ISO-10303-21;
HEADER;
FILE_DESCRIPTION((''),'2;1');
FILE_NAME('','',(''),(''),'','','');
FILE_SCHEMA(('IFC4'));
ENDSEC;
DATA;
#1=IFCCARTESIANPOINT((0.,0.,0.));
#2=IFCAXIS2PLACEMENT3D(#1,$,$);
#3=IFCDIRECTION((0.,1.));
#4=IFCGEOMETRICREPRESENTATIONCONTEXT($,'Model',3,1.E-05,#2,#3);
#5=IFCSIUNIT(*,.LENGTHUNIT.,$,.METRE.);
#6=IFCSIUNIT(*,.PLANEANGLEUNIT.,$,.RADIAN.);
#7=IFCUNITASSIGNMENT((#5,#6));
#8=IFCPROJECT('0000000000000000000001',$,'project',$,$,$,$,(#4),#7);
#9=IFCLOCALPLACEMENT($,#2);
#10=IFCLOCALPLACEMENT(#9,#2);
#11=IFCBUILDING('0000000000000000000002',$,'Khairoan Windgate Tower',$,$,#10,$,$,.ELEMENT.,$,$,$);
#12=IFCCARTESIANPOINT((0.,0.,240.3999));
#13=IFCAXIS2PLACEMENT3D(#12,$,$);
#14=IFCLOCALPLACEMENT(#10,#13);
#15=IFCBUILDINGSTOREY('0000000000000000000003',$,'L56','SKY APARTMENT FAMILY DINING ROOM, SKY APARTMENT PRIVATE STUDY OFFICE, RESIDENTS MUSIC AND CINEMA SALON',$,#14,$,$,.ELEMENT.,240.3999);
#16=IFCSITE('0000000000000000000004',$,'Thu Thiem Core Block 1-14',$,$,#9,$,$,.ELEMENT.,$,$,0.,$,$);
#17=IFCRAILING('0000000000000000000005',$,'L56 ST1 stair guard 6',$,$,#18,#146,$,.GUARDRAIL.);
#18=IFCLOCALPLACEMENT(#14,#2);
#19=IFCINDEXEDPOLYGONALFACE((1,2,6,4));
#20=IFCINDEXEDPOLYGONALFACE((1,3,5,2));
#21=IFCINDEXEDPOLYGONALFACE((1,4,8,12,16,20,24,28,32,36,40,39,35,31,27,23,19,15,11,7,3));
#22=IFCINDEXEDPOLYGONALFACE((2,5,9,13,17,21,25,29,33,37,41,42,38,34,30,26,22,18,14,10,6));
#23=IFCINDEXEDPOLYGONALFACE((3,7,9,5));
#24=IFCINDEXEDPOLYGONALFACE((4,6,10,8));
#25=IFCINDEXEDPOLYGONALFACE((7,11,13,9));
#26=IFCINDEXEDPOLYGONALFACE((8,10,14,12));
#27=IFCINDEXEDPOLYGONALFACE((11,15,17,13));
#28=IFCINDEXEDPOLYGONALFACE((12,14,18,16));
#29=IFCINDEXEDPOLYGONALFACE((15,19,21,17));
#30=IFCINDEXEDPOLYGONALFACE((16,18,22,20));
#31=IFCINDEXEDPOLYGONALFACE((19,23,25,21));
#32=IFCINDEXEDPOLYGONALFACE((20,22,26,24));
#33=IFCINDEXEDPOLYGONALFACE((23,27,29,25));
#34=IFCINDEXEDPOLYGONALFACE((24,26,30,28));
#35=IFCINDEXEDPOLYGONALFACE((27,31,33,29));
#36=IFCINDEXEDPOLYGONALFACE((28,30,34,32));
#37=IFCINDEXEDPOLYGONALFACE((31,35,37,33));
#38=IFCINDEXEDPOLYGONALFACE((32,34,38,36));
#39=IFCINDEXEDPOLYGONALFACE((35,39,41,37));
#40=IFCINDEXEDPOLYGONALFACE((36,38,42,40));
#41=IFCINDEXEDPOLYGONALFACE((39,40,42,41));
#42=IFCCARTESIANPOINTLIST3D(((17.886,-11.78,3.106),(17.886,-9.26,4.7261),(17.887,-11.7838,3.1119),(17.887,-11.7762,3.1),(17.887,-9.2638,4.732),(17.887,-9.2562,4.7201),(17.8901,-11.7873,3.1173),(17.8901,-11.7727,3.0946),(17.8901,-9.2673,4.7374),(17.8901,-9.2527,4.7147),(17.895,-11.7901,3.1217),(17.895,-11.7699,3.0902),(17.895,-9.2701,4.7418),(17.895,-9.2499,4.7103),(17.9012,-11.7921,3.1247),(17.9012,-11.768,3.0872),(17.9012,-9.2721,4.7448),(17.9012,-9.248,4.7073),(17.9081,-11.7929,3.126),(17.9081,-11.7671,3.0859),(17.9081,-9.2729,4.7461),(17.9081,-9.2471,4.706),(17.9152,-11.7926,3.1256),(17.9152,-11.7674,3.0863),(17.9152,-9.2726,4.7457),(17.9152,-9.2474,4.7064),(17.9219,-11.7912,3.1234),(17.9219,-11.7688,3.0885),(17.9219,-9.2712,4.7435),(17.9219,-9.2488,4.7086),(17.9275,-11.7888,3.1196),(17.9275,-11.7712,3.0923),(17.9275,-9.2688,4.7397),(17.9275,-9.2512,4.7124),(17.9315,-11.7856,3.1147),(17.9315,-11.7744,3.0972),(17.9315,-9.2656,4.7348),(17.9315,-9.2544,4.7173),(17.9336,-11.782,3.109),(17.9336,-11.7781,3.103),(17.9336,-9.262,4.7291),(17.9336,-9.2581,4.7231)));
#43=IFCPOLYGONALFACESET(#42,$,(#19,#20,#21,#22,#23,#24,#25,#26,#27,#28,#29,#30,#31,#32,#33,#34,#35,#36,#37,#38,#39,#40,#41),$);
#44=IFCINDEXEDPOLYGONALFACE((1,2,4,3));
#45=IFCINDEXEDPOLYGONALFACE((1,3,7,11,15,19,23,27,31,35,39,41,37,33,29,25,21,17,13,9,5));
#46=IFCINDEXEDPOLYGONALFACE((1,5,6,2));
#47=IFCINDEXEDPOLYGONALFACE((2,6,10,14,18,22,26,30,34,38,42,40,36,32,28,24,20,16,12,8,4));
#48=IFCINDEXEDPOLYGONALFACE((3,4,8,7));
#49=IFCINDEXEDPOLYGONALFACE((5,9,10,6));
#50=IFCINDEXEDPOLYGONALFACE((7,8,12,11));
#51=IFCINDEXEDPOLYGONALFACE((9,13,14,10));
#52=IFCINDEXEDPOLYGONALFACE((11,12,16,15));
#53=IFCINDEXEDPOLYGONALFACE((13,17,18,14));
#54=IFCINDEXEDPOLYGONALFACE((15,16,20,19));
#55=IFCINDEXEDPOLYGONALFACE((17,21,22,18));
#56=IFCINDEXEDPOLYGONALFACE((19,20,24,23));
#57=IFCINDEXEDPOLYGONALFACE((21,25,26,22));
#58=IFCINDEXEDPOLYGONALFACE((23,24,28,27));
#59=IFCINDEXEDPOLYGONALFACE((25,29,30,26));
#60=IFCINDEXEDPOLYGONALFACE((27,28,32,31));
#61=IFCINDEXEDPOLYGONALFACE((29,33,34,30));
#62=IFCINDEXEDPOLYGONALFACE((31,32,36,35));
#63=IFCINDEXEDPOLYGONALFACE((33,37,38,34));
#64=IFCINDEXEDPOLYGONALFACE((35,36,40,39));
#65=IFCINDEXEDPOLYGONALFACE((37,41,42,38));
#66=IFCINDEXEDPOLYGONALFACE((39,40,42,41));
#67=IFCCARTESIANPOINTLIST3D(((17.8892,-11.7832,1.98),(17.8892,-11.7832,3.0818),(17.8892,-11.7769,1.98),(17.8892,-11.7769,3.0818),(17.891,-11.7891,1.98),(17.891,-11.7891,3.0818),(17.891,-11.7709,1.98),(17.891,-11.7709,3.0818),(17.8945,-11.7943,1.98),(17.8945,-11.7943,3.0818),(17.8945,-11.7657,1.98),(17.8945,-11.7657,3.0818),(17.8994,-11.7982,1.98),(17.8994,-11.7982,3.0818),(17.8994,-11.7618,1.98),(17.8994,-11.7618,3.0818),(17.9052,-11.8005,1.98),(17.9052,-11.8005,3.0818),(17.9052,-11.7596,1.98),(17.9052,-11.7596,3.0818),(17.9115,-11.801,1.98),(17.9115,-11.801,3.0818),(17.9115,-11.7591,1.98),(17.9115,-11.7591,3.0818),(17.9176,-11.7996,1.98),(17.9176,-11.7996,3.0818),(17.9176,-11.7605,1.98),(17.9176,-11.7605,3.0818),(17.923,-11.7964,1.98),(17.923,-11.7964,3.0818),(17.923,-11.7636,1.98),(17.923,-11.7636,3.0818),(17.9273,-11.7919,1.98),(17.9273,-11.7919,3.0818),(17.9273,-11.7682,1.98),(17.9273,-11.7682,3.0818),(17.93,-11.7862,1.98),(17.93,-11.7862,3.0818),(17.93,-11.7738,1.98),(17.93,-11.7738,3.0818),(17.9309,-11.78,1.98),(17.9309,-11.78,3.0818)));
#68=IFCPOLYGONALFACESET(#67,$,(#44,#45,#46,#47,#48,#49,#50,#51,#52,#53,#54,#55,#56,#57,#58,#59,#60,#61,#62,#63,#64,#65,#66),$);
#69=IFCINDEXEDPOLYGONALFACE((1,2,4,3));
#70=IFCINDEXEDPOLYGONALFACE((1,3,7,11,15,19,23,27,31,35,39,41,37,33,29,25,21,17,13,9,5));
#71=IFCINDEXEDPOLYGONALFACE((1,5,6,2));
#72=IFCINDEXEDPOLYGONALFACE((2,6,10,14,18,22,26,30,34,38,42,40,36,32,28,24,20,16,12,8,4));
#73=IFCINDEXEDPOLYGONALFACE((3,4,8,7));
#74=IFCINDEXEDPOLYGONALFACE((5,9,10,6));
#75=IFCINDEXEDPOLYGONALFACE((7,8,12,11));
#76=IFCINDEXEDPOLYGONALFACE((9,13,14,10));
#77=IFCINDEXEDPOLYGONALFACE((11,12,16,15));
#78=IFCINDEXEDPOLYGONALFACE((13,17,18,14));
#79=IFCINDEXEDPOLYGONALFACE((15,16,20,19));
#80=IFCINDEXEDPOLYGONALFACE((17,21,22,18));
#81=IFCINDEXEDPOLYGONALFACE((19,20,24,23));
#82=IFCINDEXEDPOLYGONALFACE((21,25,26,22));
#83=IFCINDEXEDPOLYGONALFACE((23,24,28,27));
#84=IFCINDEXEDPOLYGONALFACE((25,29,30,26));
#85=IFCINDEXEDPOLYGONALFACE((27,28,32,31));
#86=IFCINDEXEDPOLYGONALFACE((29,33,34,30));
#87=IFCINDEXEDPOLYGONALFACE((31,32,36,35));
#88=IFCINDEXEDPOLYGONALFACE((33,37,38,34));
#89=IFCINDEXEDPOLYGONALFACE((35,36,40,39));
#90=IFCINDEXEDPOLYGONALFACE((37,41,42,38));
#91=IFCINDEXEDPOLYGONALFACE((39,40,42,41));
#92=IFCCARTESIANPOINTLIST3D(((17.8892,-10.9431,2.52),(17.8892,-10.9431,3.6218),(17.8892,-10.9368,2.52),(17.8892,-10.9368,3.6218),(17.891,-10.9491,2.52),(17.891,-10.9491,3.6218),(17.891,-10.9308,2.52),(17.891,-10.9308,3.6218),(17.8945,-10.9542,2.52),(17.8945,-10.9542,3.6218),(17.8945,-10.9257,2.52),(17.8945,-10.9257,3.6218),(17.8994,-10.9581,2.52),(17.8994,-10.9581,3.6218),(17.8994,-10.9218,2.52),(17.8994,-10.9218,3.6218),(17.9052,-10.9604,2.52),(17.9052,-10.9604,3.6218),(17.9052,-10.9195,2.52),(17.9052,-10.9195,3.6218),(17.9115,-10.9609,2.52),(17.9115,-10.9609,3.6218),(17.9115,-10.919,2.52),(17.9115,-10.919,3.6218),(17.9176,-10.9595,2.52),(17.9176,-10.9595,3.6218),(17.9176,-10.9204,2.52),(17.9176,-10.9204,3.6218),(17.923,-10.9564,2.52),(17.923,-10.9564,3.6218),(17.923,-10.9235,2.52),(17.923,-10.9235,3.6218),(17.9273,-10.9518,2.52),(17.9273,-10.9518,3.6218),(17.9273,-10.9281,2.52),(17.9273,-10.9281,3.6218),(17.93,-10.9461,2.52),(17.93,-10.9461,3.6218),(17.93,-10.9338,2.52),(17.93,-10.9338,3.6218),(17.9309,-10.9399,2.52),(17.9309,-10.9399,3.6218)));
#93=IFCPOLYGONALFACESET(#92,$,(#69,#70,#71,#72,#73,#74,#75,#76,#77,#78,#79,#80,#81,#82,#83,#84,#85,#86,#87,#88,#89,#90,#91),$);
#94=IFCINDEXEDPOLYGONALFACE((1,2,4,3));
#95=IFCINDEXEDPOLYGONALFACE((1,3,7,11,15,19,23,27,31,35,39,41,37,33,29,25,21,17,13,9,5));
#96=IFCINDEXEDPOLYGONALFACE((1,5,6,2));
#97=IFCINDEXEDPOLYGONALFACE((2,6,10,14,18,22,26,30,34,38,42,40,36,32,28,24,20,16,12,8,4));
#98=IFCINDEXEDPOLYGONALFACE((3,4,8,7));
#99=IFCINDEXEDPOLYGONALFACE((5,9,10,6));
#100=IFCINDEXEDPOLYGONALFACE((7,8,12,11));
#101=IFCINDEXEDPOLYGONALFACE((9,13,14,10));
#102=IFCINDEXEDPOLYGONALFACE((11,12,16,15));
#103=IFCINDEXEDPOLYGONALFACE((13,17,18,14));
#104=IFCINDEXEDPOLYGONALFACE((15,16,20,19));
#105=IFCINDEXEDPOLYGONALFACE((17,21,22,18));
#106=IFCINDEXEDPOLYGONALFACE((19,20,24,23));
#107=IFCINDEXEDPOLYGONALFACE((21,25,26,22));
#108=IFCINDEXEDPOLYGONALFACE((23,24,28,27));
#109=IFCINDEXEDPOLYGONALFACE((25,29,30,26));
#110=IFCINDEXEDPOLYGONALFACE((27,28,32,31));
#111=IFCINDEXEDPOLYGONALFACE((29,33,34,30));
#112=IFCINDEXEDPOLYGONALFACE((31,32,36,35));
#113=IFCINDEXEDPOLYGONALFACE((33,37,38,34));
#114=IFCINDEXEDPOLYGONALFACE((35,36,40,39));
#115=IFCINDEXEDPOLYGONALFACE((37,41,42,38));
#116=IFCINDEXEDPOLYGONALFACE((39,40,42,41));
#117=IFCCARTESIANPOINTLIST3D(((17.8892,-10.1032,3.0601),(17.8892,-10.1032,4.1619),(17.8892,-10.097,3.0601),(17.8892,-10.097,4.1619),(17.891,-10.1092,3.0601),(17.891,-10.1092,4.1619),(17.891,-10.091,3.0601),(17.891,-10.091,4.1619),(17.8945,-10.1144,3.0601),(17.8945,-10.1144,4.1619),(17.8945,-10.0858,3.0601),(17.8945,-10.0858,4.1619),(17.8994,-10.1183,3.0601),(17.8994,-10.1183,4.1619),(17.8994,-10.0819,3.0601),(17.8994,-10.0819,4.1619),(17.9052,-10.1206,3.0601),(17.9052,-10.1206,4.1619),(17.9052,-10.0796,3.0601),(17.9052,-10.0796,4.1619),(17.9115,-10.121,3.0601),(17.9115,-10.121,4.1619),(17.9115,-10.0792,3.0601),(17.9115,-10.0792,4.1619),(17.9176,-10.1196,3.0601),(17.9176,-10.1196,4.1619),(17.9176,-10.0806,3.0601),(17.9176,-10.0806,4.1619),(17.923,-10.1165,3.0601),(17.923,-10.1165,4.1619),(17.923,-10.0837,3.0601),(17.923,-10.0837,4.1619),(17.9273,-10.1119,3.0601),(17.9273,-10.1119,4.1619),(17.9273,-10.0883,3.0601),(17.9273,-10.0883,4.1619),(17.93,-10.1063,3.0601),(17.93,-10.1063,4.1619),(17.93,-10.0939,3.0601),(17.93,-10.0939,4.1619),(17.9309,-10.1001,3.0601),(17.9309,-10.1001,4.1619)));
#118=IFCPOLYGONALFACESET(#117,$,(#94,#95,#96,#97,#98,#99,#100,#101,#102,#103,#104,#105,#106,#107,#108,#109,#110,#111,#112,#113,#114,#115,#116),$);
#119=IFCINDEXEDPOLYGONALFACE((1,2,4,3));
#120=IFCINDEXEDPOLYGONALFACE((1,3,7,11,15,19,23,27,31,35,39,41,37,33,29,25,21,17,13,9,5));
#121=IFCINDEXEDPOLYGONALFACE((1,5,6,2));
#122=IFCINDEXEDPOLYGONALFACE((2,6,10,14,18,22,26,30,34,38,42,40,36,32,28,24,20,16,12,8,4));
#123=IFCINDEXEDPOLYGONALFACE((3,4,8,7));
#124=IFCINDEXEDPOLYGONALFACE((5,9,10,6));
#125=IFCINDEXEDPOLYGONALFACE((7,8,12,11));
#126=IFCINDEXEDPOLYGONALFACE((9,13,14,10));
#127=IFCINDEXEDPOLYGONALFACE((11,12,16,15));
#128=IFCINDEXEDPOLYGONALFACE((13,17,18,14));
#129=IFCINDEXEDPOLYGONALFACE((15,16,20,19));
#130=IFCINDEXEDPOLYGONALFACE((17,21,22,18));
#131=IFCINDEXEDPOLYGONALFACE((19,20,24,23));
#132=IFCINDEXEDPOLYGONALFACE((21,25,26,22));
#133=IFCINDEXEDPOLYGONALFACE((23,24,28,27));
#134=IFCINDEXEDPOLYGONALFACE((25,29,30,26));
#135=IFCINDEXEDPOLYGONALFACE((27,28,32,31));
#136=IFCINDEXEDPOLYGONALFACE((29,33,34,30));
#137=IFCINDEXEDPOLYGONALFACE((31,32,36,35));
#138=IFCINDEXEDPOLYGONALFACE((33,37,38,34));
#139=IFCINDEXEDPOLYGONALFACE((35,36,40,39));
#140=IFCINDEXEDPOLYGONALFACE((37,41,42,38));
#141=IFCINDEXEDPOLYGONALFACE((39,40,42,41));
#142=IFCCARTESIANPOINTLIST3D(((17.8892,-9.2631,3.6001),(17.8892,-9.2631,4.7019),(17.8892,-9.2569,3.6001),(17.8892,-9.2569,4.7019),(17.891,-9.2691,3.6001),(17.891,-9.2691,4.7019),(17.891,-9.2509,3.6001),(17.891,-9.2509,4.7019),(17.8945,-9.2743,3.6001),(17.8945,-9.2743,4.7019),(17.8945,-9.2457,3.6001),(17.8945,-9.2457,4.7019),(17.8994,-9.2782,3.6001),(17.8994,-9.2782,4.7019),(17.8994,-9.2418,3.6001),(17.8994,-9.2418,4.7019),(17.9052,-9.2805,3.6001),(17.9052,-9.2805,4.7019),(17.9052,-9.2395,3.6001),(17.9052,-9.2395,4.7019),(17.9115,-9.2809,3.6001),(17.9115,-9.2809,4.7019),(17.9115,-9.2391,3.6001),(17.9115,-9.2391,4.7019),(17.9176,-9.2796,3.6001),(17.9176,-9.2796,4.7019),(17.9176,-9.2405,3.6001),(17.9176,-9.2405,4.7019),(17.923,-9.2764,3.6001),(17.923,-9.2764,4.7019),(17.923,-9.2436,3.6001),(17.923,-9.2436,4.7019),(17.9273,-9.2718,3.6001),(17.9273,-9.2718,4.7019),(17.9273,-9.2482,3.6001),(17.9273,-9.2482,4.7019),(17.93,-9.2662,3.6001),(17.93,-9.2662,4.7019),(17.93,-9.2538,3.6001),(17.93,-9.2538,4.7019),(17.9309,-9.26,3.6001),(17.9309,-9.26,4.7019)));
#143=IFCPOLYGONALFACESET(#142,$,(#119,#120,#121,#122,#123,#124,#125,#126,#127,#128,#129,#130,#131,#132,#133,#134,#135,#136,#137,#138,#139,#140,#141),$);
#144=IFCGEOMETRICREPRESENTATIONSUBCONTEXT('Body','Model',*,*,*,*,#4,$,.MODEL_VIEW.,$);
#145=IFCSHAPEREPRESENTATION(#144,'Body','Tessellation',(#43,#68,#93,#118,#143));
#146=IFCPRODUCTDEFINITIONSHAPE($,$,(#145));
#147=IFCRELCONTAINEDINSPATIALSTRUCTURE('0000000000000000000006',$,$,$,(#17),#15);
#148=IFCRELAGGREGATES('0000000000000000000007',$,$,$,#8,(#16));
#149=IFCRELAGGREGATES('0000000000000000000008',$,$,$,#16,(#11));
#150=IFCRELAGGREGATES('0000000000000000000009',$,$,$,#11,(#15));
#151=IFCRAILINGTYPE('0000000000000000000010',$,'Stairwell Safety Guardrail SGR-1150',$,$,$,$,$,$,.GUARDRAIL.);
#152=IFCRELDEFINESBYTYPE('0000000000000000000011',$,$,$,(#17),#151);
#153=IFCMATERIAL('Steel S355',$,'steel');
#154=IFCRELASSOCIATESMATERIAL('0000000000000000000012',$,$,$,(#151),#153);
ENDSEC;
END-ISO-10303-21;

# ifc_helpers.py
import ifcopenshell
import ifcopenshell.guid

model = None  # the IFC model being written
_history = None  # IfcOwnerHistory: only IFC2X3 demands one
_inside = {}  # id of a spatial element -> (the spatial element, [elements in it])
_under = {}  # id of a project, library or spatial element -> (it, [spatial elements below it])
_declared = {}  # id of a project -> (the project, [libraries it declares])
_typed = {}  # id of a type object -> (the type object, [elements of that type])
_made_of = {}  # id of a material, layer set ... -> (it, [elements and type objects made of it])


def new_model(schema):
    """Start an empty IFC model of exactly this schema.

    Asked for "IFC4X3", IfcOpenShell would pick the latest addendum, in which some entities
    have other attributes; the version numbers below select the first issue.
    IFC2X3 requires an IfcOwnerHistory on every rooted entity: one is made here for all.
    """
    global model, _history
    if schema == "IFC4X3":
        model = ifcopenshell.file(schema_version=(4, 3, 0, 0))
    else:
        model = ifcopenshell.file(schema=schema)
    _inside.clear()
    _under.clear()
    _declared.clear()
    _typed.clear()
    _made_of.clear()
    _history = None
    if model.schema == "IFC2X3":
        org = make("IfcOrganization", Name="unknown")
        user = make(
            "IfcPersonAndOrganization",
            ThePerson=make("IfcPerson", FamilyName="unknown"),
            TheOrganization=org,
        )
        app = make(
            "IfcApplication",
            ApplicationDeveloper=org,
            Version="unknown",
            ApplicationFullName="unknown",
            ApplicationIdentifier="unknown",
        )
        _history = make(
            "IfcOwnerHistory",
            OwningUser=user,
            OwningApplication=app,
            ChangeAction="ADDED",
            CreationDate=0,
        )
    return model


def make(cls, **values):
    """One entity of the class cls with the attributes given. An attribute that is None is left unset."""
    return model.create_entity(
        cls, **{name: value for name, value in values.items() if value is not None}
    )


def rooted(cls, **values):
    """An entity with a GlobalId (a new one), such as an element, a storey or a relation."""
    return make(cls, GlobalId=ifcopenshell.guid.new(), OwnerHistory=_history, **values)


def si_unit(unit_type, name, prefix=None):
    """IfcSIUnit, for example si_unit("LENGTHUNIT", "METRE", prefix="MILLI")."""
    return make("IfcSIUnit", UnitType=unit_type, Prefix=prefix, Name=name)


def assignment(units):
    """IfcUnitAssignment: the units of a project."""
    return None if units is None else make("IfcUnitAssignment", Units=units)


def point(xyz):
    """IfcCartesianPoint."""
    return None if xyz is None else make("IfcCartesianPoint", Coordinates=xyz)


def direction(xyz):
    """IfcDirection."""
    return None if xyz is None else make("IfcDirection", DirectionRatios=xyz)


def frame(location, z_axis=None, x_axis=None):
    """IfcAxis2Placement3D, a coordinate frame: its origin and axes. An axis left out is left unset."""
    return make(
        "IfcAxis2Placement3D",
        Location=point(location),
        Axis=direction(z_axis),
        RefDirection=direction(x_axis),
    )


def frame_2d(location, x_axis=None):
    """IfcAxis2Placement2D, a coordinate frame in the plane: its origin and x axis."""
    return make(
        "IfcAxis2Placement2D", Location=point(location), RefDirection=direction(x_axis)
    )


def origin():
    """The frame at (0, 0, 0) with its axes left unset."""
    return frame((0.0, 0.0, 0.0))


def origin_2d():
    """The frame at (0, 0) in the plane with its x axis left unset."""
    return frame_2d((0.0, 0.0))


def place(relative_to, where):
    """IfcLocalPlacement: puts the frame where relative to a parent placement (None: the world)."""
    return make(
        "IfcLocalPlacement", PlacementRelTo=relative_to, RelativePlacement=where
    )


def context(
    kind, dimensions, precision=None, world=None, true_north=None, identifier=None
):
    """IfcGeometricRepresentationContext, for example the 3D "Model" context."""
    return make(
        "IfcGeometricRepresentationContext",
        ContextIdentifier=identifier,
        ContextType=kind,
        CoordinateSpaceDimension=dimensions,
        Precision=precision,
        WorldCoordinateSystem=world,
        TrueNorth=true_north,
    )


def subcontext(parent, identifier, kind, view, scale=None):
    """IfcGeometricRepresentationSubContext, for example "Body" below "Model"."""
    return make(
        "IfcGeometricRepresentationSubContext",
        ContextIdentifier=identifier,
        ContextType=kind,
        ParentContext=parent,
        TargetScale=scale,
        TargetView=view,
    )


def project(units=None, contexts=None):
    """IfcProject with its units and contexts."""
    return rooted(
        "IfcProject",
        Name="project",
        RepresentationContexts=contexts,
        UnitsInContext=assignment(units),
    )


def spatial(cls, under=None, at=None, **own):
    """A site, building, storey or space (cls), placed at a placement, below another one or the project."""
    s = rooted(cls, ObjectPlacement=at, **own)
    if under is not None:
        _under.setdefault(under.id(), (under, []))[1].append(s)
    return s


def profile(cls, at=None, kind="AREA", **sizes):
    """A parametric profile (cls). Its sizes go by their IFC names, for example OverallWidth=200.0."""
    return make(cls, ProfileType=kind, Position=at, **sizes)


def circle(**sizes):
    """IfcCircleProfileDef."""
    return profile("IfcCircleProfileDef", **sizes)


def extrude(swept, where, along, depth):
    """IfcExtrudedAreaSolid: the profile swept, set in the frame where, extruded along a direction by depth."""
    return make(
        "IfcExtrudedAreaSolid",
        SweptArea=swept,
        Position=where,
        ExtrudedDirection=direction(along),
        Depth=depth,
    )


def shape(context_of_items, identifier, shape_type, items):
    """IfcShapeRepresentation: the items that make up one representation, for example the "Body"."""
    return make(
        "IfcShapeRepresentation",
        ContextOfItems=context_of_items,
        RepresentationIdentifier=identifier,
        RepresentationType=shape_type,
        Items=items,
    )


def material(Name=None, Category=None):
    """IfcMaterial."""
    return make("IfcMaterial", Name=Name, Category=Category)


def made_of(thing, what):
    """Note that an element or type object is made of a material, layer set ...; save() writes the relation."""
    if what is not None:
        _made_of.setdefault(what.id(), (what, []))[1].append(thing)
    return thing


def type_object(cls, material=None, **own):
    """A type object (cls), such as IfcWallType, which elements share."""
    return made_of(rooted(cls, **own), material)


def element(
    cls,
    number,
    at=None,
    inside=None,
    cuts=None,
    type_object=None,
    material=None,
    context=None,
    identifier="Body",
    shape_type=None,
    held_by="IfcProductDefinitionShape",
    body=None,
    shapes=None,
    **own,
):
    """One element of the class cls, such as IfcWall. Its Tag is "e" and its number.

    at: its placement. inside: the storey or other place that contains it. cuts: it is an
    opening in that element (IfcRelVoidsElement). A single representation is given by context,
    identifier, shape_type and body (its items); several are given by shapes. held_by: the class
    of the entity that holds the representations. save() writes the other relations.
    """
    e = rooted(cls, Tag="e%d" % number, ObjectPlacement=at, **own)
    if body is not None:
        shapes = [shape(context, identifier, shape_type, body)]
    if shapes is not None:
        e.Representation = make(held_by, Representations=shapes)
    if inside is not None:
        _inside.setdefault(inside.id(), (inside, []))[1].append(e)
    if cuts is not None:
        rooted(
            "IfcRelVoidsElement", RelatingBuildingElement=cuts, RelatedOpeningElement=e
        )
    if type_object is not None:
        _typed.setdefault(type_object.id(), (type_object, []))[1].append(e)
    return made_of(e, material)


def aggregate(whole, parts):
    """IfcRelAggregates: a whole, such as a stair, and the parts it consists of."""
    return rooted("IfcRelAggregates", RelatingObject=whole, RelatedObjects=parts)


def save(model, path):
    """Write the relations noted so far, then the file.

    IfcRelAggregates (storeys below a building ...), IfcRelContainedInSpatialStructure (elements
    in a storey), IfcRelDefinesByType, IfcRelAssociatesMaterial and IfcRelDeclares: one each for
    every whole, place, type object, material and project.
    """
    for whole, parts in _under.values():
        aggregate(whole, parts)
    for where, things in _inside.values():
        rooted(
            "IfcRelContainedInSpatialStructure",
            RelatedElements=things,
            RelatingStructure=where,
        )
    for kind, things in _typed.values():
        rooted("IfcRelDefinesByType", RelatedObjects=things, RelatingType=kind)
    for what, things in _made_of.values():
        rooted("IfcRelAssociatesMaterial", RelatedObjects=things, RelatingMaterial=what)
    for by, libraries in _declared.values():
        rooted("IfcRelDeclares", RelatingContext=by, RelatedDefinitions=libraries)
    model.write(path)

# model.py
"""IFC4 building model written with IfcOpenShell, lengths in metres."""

from ifc_helpers import new_model, si_unit, direction, frame, origin, origin_2d, place, context, subcontext, project, spatial, circle, extrude, material, type_object, element, save


model = new_model("IFC4")

# Units and contexts
model_context = context("Model", 3, precision=1e-05, world=origin(), true_north=direction((0.0, 1.0)))
body_context = subcontext(model_context, "Body", "Model", "MODEL_VIEW")
ifc_project = project(units=[si_unit("LENGTHUNIT", "METRE"), si_unit("PLANEANGLEUNIT", "RADIAN")], contexts=[model_context])

# Site, building, storey
site_placement = place(None, origin())
site = spatial("IfcSite", under=ifc_project, at=site_placement, Name="Thu Thiem Core Block 1-14", CompositionType="ELEMENT", RefElevation=0.0)
building_placement = place(site_placement, origin())
building = spatial("IfcBuilding", under=site, at=building_placement, Name="Khairoan Windgate Tower", CompositionType="ELEMENT")
storey_placement = place(building_placement, frame((0.0, 0.0, 240.3999)))
storey = spatial("IfcBuildingStorey", under=building, at=storey_placement, Name="L56", Description="SKY APARTMENT FAMILY DINING ROOM, SKY APARTMENT PRIVATE STUDY OFFICE, RESIDENTS MUSIC AND CINEMA SALON", CompositionType="ELEMENT", Elevation=240.3999)

# Railing
ifc_material_1 = material(Name="Steel S355", Category="steel")
railing_type_1 = type_object("IfcRailingType", Name="Stairwell Safety Guardrail SGR-1150", PredefinedType="GUARDRAIL", material=ifc_material_1)
railing_1_placement = place(storey_placement, frame((17.9099, -11.78, 1.98)))
element("IfcRailing", 1, at=railing_1_placement, inside=storey, type_object=railing_type_1, Name="L56 ST1 stair guard 6", PredefinedType="GUARDRAIL", context=body_context, shape_type="SweptSolid", body=[
    extrude(circle(Radius=0.0239, at=origin_2d()), frame((0.0, 0.0, 1.126), z_axis=(0.0, 0.841163, 0.540782), x_axis=(-1.0, 0.0, 0.0)), (0.0, 0.0, 1.0), 2.9958),
    extrude(circle(Radius=0.021, at=origin_2d()), origin(), (0.0, 0.0, 1.0), 1.1018),
    extrude(circle(Radius=0.021, at=origin_2d()), frame((0.0, 0.8401, 0.54)), (0.0, 0.0, 1.0), 1.1018),
    extrude(circle(Radius=0.021, at=origin_2d()), frame((0.0, 1.6799, 1.0801)), (0.0, 0.0, 1.0), 1.1018),
    extrude(circle(Radius=0.021, at=origin_2d()), frame((0.0, 2.52, 1.6201)), (0.0, 0.0, 1.0), 1.1018),
])

save(model, "model.ifc")
